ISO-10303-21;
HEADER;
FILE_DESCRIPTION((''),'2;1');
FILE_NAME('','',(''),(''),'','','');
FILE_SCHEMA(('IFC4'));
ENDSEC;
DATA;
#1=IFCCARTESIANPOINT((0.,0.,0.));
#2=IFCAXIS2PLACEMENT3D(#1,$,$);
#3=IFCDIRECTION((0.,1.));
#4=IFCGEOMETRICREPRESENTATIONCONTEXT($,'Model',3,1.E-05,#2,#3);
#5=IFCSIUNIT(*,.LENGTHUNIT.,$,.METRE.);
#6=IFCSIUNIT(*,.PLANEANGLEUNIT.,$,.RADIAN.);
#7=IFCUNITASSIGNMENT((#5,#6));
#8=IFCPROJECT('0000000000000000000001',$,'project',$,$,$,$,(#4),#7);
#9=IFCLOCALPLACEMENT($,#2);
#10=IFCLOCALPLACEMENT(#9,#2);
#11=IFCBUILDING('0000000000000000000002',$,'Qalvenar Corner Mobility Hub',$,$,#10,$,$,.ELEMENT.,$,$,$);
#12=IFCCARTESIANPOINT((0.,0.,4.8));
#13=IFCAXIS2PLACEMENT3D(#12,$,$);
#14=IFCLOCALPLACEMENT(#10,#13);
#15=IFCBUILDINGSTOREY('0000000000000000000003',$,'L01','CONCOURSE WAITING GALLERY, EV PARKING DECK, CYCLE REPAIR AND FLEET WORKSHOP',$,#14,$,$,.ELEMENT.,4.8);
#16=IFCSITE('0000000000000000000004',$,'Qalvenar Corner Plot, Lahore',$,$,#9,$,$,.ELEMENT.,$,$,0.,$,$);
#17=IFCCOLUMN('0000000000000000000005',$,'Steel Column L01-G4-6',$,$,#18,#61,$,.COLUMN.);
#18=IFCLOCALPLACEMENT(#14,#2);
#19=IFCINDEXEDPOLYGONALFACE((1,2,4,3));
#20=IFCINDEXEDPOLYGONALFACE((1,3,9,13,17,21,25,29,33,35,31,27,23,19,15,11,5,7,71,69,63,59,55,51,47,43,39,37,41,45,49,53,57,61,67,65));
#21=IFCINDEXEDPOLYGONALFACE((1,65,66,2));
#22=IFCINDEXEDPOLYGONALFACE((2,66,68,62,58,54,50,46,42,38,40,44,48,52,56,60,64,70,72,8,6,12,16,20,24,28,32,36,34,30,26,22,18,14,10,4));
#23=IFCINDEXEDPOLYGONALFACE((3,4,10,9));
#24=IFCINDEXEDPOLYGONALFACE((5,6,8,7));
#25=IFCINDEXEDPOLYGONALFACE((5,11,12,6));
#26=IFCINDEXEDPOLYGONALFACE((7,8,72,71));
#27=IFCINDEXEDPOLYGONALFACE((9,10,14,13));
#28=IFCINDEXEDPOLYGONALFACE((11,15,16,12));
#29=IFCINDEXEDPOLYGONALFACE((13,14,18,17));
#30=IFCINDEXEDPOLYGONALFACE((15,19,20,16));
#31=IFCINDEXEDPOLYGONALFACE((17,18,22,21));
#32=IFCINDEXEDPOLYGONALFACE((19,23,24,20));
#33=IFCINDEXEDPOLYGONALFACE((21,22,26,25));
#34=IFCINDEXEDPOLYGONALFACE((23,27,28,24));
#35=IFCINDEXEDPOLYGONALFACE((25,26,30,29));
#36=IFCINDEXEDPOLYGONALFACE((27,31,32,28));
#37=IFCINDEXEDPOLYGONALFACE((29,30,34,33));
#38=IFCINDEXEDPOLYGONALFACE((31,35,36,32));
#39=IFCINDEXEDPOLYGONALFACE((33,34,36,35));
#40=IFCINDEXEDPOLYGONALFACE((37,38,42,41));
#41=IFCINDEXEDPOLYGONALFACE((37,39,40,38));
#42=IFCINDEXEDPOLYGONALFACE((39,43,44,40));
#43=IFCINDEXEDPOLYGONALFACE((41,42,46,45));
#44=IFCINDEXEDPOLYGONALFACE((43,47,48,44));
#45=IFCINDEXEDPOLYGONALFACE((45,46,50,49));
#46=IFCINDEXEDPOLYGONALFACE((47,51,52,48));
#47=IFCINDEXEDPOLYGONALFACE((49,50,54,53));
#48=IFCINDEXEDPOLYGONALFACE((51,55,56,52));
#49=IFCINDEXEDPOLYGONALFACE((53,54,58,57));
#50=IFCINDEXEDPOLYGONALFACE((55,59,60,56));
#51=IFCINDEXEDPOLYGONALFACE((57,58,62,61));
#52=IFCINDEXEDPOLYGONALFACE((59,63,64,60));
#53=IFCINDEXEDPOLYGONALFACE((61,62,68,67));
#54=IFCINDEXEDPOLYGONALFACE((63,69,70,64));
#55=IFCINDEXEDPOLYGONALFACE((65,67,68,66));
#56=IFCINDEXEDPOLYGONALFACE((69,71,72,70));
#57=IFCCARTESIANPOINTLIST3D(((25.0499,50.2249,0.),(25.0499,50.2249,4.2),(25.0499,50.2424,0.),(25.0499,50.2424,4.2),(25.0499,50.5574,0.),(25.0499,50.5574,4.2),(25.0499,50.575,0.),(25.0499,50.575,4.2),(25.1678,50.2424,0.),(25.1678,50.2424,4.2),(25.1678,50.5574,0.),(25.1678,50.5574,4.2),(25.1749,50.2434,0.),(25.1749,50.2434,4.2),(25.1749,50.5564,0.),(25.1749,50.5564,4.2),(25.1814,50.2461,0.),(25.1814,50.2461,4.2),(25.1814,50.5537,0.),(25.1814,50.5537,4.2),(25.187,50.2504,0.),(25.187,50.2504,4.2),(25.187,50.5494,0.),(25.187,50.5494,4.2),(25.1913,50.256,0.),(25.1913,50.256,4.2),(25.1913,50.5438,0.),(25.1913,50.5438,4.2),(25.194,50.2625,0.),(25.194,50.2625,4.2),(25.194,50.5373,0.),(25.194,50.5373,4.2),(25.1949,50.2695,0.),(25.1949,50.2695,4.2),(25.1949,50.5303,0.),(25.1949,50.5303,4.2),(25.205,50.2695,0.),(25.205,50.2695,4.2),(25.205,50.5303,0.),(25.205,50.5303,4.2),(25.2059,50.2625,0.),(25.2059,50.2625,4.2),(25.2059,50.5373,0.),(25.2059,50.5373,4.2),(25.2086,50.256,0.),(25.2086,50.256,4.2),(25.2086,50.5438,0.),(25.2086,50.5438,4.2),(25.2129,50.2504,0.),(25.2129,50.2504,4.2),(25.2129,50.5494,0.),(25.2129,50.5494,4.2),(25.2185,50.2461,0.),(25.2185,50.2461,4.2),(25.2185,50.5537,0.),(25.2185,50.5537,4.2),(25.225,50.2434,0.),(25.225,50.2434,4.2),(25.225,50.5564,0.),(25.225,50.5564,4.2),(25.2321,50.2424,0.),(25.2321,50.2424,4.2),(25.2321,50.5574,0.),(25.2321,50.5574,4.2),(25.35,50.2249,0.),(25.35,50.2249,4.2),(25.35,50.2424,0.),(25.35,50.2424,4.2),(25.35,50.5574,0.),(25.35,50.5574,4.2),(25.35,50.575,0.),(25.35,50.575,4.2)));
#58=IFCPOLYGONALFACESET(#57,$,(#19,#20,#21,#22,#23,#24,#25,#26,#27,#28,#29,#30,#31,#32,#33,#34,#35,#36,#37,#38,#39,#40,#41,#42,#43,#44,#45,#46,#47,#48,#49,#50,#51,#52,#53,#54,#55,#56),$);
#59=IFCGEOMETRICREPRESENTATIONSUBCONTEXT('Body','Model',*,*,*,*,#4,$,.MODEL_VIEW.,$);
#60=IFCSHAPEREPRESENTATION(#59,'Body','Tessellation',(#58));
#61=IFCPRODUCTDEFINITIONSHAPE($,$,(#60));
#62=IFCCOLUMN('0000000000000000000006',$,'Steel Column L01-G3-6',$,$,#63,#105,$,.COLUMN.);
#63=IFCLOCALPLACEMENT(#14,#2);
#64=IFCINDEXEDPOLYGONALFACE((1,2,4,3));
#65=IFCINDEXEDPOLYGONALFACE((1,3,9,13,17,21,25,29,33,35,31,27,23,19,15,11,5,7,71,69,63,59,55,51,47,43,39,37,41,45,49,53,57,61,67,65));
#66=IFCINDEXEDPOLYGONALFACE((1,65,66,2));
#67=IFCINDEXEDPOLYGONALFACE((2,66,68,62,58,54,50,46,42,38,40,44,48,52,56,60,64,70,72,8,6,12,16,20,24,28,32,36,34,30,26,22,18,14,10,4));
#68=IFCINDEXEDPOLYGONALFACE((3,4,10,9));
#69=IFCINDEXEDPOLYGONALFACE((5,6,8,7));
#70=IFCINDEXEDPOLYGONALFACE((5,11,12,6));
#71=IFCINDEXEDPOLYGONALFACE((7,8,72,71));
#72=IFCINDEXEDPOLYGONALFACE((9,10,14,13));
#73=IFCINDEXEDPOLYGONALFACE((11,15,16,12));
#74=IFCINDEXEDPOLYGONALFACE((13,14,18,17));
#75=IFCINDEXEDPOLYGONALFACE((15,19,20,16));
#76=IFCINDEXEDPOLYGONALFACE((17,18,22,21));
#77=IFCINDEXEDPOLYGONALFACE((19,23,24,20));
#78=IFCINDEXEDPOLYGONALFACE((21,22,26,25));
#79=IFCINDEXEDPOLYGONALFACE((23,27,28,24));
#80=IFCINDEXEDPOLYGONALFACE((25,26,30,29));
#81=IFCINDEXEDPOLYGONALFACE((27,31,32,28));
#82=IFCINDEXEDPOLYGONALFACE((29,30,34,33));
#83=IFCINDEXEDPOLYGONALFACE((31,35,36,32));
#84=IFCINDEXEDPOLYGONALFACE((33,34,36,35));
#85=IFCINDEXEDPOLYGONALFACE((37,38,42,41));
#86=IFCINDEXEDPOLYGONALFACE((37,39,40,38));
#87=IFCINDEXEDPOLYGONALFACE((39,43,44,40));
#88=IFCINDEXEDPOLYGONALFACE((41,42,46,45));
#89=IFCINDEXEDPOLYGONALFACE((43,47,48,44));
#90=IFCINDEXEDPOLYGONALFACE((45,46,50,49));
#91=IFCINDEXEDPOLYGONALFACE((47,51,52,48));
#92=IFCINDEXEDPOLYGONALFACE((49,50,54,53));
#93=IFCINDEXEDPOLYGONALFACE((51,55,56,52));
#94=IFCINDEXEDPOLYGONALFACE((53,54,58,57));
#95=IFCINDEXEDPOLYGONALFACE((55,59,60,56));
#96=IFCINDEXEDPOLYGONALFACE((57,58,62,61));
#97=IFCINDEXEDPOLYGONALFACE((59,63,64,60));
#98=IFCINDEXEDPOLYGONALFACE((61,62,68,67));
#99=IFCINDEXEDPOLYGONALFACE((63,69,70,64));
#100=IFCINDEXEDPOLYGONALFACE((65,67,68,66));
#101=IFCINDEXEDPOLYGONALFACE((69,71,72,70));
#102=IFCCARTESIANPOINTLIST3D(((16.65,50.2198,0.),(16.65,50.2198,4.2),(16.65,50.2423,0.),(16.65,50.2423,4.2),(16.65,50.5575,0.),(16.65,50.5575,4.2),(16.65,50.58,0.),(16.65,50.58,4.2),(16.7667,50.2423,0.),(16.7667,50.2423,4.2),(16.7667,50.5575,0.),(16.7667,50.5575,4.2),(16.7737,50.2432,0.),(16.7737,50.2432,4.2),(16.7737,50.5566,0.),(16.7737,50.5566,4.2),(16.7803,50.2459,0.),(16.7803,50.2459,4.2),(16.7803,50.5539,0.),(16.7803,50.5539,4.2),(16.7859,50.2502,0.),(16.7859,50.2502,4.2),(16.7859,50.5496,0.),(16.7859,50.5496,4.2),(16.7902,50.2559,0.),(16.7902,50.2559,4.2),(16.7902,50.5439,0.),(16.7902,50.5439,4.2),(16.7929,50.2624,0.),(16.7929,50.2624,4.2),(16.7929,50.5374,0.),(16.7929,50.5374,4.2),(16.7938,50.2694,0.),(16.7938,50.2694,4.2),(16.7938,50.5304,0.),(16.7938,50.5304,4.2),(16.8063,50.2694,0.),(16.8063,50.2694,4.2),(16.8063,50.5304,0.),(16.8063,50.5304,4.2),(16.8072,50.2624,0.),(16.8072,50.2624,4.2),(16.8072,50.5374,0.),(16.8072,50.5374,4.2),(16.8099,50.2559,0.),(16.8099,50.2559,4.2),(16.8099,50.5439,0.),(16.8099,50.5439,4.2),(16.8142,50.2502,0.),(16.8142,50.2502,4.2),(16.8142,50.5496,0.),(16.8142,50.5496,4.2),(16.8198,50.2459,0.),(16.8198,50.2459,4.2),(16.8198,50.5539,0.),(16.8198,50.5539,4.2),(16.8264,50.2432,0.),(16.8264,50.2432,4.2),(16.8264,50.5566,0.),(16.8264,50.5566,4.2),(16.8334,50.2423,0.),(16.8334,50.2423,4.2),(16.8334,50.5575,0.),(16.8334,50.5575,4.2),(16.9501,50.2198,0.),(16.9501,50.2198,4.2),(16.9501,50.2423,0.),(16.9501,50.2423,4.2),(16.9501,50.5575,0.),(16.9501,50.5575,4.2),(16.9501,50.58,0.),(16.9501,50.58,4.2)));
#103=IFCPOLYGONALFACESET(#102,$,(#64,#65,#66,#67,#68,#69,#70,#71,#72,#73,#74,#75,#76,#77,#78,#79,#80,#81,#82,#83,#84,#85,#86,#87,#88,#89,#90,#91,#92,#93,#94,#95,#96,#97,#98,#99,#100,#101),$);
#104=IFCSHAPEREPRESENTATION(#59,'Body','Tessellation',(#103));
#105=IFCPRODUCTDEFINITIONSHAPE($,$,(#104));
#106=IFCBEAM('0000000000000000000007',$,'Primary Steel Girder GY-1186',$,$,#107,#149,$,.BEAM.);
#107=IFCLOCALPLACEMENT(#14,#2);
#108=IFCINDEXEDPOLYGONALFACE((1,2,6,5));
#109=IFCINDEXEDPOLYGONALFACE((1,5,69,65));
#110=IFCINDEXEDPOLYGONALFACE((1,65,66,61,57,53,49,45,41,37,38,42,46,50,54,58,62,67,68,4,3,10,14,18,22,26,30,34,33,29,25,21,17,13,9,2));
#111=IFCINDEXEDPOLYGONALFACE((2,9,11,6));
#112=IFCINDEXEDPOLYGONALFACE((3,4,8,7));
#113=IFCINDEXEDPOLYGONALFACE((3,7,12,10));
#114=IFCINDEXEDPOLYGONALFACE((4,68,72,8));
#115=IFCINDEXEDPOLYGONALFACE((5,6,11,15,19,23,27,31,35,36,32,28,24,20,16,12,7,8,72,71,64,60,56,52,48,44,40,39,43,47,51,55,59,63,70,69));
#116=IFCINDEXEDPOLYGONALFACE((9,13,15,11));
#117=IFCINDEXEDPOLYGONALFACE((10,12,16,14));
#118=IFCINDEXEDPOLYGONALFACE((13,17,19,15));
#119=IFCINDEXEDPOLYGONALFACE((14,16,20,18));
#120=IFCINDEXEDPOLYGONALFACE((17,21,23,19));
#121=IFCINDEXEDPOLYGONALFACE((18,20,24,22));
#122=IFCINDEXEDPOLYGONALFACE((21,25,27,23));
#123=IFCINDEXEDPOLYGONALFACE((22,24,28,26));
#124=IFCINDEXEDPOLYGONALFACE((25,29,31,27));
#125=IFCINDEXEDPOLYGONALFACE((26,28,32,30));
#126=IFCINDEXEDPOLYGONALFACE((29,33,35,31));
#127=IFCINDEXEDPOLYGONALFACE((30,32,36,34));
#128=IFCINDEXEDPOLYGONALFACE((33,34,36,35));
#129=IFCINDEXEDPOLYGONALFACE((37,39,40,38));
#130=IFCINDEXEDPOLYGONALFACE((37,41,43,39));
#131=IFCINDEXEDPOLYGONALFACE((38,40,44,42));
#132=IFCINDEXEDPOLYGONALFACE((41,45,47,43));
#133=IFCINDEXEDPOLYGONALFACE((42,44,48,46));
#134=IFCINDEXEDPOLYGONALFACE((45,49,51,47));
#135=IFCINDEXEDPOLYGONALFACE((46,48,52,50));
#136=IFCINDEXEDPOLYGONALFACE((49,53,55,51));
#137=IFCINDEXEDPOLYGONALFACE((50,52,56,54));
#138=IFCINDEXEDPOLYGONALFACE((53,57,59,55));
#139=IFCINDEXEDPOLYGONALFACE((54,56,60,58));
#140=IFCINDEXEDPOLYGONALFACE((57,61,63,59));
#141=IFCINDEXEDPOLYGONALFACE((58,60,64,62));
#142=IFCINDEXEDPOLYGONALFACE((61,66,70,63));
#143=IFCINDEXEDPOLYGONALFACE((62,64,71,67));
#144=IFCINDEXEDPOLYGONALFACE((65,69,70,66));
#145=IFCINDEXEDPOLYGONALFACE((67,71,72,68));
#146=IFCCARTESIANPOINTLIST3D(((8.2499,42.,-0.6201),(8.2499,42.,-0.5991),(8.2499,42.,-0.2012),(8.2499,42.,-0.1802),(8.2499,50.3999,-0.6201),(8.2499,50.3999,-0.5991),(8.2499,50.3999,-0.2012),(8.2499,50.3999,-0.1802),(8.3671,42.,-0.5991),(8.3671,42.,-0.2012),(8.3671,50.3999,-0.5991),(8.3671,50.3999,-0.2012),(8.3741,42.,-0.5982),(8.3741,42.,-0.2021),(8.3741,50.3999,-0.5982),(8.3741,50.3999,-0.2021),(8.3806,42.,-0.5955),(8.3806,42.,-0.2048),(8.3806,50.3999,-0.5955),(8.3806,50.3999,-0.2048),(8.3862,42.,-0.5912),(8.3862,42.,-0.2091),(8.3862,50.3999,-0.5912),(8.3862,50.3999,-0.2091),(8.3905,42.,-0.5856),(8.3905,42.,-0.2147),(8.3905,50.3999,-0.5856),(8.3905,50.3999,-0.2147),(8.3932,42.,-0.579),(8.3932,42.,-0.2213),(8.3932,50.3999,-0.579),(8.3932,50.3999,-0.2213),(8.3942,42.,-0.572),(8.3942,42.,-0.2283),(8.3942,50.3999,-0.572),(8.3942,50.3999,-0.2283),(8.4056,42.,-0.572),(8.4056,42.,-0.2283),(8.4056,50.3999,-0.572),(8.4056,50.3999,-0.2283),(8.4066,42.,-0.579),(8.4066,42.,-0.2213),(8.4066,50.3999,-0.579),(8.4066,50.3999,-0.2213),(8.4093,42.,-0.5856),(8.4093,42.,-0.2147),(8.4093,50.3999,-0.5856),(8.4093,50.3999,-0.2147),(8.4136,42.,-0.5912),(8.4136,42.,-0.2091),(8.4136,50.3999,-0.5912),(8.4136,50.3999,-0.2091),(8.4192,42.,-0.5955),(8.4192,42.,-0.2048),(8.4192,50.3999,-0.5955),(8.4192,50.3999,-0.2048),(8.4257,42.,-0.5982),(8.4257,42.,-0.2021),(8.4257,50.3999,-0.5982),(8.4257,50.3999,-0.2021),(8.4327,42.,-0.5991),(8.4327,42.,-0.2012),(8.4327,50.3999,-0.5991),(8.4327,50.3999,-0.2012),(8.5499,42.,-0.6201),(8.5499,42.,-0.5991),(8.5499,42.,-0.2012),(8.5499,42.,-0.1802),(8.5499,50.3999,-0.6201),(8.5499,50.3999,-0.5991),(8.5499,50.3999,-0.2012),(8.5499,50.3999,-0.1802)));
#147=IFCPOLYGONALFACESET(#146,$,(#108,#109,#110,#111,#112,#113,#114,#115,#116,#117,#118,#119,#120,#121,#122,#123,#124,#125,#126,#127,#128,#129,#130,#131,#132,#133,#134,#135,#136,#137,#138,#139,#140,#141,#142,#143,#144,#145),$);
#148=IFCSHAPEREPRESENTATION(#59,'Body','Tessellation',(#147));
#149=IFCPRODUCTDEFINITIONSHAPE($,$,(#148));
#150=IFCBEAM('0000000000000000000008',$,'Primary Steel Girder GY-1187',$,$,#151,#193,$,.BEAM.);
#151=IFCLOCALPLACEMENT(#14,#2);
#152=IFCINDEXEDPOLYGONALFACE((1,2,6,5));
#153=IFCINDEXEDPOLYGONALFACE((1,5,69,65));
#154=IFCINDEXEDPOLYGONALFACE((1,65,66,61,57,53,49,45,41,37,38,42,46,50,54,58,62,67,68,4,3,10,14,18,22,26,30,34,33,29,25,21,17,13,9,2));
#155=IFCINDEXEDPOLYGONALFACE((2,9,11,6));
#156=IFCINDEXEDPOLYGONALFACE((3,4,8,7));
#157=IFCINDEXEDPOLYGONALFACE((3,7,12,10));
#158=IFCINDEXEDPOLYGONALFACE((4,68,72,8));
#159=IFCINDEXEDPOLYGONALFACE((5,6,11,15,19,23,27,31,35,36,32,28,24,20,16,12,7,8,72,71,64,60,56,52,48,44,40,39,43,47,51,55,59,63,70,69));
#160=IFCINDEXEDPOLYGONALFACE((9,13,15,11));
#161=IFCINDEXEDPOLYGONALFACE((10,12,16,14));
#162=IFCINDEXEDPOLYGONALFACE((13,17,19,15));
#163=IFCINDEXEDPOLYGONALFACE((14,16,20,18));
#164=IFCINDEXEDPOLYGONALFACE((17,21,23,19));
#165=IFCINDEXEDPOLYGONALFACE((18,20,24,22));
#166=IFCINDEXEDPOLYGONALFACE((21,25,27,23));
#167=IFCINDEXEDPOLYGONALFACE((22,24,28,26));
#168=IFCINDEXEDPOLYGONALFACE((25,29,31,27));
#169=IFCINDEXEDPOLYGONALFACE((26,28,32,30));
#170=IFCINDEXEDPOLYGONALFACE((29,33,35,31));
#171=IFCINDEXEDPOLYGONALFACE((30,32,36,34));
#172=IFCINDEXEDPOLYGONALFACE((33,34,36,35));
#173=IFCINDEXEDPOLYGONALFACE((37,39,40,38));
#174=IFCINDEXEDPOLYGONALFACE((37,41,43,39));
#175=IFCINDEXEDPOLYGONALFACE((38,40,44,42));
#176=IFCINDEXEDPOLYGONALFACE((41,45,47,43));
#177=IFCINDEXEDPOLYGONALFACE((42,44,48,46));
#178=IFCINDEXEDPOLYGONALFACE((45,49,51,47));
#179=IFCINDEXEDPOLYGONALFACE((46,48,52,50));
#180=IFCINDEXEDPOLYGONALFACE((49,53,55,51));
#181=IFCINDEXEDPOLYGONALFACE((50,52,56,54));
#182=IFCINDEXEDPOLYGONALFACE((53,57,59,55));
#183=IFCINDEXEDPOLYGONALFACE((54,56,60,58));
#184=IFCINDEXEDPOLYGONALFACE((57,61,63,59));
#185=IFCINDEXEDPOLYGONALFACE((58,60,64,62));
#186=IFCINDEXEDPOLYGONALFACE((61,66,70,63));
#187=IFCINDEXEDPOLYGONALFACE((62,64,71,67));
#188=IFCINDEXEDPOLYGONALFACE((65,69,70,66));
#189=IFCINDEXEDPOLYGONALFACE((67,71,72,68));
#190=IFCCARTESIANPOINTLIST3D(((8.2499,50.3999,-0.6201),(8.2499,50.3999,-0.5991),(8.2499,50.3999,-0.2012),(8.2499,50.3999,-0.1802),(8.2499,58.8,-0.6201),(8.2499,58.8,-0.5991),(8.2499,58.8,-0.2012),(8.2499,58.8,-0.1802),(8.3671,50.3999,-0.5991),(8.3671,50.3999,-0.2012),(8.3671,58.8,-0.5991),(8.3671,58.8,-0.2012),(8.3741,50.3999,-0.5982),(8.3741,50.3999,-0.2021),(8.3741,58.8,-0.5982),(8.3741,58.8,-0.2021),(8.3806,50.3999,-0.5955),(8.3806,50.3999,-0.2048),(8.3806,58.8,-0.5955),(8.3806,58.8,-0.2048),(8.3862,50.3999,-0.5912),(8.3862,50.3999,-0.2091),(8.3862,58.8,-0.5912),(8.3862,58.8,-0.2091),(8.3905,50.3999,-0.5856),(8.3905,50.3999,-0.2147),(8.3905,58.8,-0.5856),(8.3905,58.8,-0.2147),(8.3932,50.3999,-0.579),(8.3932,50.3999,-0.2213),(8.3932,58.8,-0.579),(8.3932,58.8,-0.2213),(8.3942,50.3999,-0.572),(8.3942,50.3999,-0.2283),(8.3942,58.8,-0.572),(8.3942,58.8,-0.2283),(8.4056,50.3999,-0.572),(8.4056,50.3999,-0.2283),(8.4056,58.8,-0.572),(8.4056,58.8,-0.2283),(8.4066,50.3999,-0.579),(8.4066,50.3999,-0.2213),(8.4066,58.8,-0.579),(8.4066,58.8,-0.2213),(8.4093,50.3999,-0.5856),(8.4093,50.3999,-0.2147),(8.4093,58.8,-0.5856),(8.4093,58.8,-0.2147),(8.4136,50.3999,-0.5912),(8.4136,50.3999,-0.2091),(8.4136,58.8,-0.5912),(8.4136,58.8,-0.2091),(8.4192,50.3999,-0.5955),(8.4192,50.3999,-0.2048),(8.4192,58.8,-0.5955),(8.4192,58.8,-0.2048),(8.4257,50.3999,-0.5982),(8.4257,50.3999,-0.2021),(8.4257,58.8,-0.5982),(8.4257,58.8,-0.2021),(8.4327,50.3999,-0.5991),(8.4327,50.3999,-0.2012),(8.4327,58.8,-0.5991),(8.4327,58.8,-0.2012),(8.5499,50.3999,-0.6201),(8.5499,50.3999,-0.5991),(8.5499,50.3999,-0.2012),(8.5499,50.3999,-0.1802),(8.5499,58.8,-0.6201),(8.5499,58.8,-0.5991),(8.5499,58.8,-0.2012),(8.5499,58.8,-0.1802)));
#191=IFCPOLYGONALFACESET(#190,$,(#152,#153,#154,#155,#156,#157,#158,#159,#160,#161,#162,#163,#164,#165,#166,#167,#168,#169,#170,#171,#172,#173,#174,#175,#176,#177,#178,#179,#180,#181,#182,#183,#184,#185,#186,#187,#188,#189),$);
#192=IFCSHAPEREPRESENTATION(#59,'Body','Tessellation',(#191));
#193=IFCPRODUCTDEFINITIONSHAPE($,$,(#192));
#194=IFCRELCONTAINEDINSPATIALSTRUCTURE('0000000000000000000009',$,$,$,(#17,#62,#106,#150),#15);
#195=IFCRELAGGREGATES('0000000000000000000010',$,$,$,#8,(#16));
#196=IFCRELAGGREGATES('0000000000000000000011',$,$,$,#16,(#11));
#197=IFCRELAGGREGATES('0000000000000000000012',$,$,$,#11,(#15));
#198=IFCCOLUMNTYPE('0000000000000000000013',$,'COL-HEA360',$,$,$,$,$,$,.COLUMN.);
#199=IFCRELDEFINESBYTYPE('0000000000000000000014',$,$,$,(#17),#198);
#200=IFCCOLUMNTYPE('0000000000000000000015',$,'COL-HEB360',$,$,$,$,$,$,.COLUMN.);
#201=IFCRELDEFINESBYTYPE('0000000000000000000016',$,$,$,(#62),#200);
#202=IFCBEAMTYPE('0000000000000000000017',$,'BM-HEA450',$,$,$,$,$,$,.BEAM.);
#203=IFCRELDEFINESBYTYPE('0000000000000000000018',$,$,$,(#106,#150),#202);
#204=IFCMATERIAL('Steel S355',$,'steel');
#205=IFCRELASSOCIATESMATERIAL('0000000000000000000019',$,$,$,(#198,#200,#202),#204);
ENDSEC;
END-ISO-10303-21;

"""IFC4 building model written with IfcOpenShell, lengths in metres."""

from ifc_helpers import new_model, si_unit, direction, frame, origin, origin_2d, place, context, subcontext, project, spatial, i_section, extrude, material, material_profile, profile_set, type_object, element, save


model = new_model("IFC4")

# Units and contexts
model_context = context("Model", 3, precision=1e-05, world=origin(), true_north=direction((0.0, 1.0)))
body_context = subcontext(model_context, "Body", "Model", "MODEL_VIEW")
ifc_project = project(units=[si_unit("LENGTHUNIT", "METRE"), si_unit("PLANEANGLEUNIT", "RADIAN")], contexts=[model_context])

# Site, building, storey
site_placement = place(None, origin())
site = spatial("IfcSite", under=ifc_project, at=site_placement, Name="Qalvenar Corner Plot, Lahore", CompositionType="ELEMENT", RefElevation=0.0)
building_placement = place(site_placement, origin())
building = spatial("IfcBuilding", under=site, at=building_placement, Name="Qalvenar Corner Mobility Hub", CompositionType="ELEMENT")
storey_placement = place(building_placement, frame((0.0, 0.0, 4.8)))
storey = spatial("IfcBuildingStorey", under=building, at=storey_placement, Name="L01", Description="CONCOURSE WAITING GALLERY, EV PARKING DECK, CYCLE REPAIR AND FLEET WORKSHOP", CompositionType="ELEMENT", Elevation=4.8)

# Columns
ifc_material_1 = material(Name="Steel S355", Category="steel")
ifc_material_profile_1 = material_profile(ifc_material_1, i_section(OverallWidth=0.3, OverallDepth=0.3501, WebThickness=0.01, FlangeThickness=0.0176, FilletRadius=0.0271, at=origin_2d()), Name="HEA360")
ifc_profile_set_1 = profile_set([ifc_material_profile_1], Name="Steel S355")
column_type_1 = type_object("IfcColumnType", Name="COL-HEA360", PredefinedType="COLUMN", material=ifc_profile_set_1)
for number, where, z_axis, x_axis, name in (
    (1, (25.2, 50.3999, 0.0), (0.0, 0.0, 1.0), (1.0, 0.0, 0.0), "Steel Column L01-G4-6"),
):
    element("IfcColumn", number, at=place(storey_placement, frame(where, z_axis=z_axis, x_axis=x_axis)), inside=storey, type_object=column_type_1, Name=name, PredefinedType="COLUMN", context=body_context, shape_type="SweptSolid", body=[
        extrude(i_section(OverallWidth=0.3, OverallDepth=0.3501, WebThickness=0.01, FlangeThickness=0.0176, FilletRadius=0.0271, at=origin_2d()), origin(), (0.0, 0.0, 1.0), 4.2),
    ])
ifc_material_profile_2 = material_profile(ifc_material_1, i_section(OverallWidth=0.3, OverallDepth=0.3601, WebThickness=0.0125, FlangeThickness=0.0225, FilletRadius=0.0271, at=origin_2d()), Name="HEB360")
ifc_profile_set_2 = profile_set([ifc_material_profile_2], Name="Steel S355")
column_type_2 = type_object("IfcColumnType", Name="COL-HEB360", PredefinedType="COLUMN", material=ifc_profile_set_2)
column_1_placement = place(storey_placement, frame((16.8, 50.3999, 0.0), z_axis=(0.0, 0.0, 1.0), x_axis=(1.0, 0.0, 0.0)))
element("IfcColumn", 2, at=column_1_placement, inside=storey, type_object=column_type_2, Name="Steel Column L01-G3-6", PredefinedType="COLUMN", context=body_context, shape_type="SweptSolid", body=[
    extrude(i_section(OverallWidth=0.3, OverallDepth=0.3601, WebThickness=0.0125, FlangeThickness=0.0225, FilletRadius=0.0271, at=origin_2d()), origin(), (0.0, 0.0, 1.0), 4.2),
])

# Beams
ifc_material_profile_3 = material_profile(ifc_material_1, i_section(OverallWidth=0.3, OverallDepth=0.4399, WebThickness=0.0115, FlangeThickness=0.021, FilletRadius=0.0271, at=origin_2d()), Name="HEA450")
ifc_profile_set_3 = profile_set([ifc_material_profile_3], Name="Steel S355")
beam_type_1 = type_object("IfcBeamType", Name="BM-HEA450", PredefinedType="BEAM", material=ifc_profile_set_3)
beam_1_placement = place(storey_placement, frame((8.3999, 42.0, -0.4001), z_axis=(0.0, 1.0, 0.0), x_axis=(-1.0, 0.0, 0.0)))
element("IfcBeam", 3, at=beam_1_placement, inside=storey, type_object=beam_type_1, Name="Primary Steel Girder GY-1186", PredefinedType="BEAM", context=body_context, shape_type="SweptSolid", body=[
    extrude(i_section(OverallWidth=0.3, OverallDepth=0.4399, WebThickness=0.0115, FlangeThickness=0.021, FilletRadius=0.0271, at=origin_2d()), origin(), (0.0, 0.0, 1.0), 8.3999),
])
beam_2_placement = place(storey_placement, frame((8.3999, 50.3999, -0.4001), z_axis=(0.0, 1.0, 0.0), x_axis=(-1.0, 0.0, 0.0)))
element("IfcBeam", 4, at=beam_2_placement, inside=storey, type_object=beam_type_1, Name="Primary Steel Girder GY-1187", PredefinedType="BEAM", context=body_context, shape_type="SweptSolid", body=[
    extrude(i_section(OverallWidth=0.3, OverallDepth=0.4399, WebThickness=0.0115, FlangeThickness=0.021, FilletRadius=0.0271, at=origin_2d()), origin(), (0.0, 0.0, 1.0), 8.4001),
])

save(model, "model.ifc")
